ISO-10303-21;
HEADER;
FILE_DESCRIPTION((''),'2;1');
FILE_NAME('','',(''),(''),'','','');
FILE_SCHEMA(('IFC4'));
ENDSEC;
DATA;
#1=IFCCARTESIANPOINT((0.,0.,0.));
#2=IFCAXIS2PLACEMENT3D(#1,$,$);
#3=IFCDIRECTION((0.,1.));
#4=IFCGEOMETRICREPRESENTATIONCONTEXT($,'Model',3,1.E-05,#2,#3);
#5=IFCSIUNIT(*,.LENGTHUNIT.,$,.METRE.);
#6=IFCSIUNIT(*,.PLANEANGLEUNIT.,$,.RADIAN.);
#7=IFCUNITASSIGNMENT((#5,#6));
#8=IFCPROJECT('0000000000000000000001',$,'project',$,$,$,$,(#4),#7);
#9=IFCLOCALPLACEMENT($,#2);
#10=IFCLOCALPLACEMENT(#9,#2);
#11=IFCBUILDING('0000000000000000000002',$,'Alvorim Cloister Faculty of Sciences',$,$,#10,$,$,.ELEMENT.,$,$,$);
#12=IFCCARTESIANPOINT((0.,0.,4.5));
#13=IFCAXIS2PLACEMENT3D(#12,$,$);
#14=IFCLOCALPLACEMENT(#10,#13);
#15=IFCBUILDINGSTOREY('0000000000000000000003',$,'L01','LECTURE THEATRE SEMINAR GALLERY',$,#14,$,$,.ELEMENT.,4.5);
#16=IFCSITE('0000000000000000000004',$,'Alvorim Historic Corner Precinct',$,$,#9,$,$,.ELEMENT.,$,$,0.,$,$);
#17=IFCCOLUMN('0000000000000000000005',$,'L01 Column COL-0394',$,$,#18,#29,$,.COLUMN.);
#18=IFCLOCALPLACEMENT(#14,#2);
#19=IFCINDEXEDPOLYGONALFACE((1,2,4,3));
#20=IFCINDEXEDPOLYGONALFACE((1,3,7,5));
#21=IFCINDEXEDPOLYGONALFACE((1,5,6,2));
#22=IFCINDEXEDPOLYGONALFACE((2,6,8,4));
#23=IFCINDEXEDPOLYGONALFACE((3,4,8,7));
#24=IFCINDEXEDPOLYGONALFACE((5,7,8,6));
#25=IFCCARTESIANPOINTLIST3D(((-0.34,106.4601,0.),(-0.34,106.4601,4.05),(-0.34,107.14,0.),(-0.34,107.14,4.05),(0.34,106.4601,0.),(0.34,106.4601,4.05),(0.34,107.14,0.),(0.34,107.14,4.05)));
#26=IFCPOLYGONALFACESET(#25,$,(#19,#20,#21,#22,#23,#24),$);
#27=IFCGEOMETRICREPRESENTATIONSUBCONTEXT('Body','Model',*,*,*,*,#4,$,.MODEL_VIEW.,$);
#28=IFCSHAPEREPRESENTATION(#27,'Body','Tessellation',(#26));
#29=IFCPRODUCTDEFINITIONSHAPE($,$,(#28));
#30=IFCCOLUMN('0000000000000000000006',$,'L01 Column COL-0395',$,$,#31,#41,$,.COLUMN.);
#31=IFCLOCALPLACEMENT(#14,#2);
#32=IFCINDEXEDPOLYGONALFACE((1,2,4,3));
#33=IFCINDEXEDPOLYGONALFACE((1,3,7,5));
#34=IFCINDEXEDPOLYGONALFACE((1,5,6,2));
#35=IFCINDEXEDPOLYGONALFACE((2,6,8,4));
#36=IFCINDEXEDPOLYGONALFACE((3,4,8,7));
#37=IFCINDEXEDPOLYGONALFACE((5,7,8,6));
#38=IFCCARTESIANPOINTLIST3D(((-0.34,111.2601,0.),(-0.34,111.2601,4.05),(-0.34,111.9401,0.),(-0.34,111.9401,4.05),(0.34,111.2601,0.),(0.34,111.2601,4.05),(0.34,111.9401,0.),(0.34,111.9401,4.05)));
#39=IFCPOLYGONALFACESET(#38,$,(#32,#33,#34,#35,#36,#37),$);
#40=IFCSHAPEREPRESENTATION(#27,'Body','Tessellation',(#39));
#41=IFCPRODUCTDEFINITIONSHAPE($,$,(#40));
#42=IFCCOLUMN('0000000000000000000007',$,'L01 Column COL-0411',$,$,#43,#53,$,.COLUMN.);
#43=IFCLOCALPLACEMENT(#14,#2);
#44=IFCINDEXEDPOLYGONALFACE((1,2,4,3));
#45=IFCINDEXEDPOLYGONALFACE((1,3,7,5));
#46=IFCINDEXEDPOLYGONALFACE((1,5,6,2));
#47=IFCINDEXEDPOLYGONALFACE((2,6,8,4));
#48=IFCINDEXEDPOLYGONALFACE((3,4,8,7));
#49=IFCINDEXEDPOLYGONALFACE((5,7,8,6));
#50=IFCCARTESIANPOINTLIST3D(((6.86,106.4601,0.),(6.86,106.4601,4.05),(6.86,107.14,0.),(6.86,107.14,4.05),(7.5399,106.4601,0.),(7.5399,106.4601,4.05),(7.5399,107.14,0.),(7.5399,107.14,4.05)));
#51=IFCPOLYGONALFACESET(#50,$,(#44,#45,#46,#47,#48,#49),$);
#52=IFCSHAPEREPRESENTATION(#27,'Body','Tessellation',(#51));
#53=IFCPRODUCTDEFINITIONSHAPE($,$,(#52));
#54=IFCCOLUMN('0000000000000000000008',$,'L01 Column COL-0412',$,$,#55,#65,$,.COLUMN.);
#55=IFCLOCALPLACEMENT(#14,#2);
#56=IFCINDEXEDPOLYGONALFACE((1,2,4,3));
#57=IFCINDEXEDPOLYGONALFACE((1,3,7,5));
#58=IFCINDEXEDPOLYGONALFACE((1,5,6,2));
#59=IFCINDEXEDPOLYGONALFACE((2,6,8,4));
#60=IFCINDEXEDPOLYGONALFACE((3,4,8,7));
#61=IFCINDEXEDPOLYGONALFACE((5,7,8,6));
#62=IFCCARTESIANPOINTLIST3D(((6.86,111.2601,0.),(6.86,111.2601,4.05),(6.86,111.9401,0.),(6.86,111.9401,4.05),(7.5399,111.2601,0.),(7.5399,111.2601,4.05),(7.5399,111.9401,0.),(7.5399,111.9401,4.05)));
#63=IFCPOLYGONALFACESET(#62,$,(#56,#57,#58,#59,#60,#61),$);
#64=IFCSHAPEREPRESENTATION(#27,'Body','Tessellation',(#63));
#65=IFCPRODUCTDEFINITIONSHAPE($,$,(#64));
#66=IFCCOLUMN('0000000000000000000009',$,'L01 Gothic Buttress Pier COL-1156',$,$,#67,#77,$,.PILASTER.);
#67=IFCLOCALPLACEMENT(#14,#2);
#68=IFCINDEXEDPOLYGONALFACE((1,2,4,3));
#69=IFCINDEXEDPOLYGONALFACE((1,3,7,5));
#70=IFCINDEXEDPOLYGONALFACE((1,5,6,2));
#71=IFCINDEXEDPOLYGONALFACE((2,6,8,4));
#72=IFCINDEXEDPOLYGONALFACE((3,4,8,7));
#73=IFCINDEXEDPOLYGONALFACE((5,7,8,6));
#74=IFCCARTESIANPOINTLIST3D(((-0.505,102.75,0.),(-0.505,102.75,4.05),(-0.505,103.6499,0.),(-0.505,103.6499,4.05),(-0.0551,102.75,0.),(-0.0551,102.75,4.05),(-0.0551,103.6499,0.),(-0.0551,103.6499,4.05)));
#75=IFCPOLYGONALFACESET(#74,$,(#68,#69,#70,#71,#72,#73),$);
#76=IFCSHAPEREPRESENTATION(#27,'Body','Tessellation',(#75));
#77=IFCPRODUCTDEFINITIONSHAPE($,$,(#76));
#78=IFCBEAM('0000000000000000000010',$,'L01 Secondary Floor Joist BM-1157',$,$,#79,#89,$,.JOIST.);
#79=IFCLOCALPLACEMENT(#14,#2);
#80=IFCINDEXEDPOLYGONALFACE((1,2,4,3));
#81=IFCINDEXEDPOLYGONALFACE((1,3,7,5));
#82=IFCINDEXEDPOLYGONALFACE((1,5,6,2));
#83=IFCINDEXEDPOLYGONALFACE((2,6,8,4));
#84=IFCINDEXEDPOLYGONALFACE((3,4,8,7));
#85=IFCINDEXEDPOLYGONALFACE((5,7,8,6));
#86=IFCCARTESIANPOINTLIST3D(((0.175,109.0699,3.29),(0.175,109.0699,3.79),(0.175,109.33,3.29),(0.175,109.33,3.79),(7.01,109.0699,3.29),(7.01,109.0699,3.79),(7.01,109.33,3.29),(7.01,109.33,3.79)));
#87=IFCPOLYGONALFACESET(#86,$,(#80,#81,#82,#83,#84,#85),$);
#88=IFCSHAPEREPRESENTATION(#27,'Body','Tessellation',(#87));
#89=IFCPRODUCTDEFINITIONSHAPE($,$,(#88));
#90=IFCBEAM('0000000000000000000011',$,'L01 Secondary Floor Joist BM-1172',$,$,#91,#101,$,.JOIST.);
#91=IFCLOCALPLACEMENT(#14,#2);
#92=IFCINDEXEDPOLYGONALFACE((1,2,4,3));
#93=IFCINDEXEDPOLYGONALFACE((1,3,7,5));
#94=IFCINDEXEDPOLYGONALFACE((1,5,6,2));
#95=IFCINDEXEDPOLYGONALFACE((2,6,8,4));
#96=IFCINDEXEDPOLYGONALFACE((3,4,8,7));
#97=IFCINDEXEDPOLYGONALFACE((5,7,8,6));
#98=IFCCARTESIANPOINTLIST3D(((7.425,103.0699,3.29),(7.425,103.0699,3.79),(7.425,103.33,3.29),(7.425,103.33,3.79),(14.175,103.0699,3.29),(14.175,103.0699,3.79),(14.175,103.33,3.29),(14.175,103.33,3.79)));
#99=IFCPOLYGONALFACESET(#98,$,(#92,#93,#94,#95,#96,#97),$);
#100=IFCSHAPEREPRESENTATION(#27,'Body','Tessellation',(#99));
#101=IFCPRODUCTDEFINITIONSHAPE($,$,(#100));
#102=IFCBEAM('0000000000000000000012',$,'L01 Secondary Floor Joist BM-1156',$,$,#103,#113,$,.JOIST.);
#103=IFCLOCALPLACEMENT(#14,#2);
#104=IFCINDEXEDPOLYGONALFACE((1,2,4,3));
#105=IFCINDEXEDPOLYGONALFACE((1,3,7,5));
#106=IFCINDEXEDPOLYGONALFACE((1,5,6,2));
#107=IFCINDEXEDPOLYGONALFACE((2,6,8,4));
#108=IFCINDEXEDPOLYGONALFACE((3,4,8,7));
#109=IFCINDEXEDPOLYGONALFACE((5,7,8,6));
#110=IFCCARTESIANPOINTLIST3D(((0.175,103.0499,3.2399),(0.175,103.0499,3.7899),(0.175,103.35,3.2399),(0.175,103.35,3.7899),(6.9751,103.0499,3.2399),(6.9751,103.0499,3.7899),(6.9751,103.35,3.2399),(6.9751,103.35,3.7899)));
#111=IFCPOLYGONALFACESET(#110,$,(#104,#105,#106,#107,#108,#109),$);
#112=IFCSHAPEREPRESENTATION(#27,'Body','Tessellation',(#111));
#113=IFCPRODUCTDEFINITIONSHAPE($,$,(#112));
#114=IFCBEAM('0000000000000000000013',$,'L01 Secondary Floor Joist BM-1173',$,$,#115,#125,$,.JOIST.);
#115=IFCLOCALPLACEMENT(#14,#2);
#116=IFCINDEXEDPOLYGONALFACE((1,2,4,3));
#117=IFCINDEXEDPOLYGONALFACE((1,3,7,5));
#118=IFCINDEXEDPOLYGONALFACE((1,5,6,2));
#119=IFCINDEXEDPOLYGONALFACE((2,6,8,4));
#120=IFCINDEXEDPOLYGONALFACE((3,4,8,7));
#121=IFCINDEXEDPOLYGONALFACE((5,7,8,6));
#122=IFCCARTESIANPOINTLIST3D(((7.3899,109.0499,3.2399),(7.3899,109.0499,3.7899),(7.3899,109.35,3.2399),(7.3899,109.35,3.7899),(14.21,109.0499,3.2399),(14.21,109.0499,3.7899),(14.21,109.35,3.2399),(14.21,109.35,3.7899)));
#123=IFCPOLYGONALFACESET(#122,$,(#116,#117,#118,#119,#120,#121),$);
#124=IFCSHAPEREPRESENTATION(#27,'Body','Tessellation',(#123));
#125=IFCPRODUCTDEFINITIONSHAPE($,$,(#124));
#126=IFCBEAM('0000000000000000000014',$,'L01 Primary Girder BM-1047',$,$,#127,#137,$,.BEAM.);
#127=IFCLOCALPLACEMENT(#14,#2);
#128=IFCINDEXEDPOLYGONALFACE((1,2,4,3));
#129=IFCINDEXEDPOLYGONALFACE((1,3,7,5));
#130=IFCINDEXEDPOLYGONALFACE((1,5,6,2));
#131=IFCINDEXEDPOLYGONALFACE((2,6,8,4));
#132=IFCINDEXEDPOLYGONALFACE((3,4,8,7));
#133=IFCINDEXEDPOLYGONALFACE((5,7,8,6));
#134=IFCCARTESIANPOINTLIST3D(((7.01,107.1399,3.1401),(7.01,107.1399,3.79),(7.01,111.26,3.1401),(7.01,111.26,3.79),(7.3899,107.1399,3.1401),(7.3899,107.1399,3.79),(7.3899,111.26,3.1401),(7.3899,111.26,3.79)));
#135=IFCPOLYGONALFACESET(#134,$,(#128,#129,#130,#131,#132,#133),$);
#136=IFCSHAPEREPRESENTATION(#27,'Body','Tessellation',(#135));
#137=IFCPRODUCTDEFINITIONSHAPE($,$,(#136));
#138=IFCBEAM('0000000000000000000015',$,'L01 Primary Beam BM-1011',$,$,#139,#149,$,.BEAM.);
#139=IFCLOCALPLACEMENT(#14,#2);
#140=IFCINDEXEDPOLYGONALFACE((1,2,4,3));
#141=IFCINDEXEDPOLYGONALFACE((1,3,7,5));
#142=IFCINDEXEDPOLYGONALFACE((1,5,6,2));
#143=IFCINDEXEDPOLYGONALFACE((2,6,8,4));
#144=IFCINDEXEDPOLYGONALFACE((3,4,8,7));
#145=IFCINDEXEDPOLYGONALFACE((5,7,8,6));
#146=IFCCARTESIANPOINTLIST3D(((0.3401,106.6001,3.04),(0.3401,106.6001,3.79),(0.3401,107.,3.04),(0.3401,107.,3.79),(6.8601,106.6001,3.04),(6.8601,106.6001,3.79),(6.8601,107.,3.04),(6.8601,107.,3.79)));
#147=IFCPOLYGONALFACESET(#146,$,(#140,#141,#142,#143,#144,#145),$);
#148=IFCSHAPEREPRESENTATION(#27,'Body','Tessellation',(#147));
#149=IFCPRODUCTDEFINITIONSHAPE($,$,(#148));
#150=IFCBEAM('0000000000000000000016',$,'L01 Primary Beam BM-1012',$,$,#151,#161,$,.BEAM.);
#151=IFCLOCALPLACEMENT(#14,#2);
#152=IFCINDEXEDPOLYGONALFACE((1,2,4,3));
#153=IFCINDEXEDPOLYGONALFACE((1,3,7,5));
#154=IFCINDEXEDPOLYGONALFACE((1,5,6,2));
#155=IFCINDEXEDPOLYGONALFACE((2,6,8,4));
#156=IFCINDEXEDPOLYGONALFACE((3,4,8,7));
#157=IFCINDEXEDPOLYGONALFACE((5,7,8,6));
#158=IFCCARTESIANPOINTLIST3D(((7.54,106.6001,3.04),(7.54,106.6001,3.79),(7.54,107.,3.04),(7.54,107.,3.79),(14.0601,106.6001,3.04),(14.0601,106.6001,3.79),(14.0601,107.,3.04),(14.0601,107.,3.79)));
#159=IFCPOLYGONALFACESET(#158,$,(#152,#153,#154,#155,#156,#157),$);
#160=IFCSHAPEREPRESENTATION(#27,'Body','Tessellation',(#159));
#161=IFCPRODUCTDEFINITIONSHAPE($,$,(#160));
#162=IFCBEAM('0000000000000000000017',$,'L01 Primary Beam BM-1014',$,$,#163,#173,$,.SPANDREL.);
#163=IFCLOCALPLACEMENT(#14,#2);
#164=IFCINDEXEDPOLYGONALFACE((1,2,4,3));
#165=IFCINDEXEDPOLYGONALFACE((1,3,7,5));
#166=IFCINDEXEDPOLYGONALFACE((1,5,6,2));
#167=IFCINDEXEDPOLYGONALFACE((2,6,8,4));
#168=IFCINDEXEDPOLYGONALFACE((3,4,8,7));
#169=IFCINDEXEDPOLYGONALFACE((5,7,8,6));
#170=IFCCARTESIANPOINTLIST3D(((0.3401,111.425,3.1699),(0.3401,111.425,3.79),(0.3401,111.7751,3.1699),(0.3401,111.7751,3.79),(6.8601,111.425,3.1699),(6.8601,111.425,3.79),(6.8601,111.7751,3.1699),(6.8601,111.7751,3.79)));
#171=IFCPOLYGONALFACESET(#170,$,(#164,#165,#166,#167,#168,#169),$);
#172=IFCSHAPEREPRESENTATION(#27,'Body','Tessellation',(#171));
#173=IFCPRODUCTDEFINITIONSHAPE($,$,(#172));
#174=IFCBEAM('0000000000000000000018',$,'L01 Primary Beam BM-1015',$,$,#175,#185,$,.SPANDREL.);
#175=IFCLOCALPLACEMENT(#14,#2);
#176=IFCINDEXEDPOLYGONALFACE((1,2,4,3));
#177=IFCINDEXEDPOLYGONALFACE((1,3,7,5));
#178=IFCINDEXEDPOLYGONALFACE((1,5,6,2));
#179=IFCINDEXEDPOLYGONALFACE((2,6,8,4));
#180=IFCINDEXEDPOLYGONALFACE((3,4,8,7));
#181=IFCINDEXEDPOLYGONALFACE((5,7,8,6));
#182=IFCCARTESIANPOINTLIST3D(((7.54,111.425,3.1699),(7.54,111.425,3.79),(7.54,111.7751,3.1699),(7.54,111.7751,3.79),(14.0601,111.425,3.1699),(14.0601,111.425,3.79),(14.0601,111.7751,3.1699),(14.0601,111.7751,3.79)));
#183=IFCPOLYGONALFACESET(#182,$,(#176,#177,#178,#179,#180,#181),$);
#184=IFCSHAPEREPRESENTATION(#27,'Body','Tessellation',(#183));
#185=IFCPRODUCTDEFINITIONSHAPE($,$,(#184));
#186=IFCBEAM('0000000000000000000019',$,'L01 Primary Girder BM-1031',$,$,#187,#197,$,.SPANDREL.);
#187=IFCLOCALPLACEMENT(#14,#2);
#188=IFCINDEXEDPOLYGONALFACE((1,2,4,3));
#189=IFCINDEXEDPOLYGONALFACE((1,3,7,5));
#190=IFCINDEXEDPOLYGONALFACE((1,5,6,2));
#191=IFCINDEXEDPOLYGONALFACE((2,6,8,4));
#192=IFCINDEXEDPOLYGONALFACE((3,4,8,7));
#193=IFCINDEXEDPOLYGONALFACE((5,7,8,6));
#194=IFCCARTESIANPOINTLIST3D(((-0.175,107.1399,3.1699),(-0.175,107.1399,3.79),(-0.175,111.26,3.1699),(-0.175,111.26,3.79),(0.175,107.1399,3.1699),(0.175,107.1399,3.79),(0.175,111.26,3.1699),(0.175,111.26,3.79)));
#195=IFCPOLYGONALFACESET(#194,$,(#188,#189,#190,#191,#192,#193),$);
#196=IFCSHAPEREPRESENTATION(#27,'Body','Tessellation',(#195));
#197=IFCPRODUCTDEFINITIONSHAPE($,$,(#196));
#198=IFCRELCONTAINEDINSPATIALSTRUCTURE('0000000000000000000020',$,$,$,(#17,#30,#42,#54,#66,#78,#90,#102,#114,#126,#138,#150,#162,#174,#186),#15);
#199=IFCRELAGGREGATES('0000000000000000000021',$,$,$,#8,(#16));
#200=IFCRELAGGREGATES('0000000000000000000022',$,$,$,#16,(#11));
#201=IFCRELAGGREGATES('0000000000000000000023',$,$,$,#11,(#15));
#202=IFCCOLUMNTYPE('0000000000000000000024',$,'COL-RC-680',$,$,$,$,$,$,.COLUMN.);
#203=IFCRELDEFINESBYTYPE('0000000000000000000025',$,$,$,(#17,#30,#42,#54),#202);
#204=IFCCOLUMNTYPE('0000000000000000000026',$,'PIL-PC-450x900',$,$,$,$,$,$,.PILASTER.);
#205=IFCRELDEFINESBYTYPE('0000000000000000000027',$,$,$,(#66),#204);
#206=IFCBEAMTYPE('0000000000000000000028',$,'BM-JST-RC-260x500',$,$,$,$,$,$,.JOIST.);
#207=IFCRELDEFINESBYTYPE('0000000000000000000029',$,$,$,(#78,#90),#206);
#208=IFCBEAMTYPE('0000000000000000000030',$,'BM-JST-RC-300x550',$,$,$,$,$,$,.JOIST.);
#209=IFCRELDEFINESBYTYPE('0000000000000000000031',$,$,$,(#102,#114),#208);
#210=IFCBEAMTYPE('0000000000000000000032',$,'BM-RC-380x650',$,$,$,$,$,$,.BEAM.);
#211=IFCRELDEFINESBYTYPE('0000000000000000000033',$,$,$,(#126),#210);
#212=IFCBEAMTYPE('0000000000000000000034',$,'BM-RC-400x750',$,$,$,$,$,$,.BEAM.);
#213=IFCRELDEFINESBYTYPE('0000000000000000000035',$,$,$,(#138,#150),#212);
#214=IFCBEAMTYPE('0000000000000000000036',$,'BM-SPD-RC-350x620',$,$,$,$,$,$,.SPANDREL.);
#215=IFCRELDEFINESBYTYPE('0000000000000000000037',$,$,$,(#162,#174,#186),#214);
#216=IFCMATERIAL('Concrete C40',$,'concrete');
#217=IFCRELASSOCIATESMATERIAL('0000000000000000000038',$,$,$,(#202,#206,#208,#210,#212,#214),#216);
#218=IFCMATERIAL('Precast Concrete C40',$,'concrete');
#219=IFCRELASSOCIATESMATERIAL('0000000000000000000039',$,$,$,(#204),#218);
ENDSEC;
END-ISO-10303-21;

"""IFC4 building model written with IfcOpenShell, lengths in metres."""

from ifc_helpers import new_model, si_unit, direction, frame, origin, origin_2d, place, context, subcontext, project, spatial, rectangle, extrude, material, material_profile, profile_set, type_object, element, save


model = new_model("IFC4")

# Units and contexts
model_context = context("Model", 3, precision=1e-05, world=origin(), true_north=direction((0.0, 1.0)))
body_context = subcontext(model_context, "Body", "Model", "MODEL_VIEW")
ifc_project = project(units=[si_unit("LENGTHUNIT", "METRE"), si_unit("PLANEANGLEUNIT", "RADIAN")], contexts=[model_context])

# Site, building, storey
site_placement = place(None, origin())
site = spatial("IfcSite", under=ifc_project, at=site_placement, Name="Alvorim Historic Corner Precinct", CompositionType="ELEMENT", RefElevation=0.0)
building_placement = place(site_placement, origin())
building = spatial("IfcBuilding", under=site, at=building_placement, Name="Alvorim Cloister Faculty of Sciences", CompositionType="ELEMENT")
storey_placement = place(building_placement, frame((0.0, 0.0, 4.5)))
storey = spatial("IfcBuildingStorey", under=building, at=storey_placement, Name="L01", Description="LECTURE THEATRE SEMINAR GALLERY", CompositionType="ELEMENT", Elevation=4.5)

# Columns
ifc_material_1 = material(Name="Concrete C40", Category="concrete")
ifc_material_profile_1 = material_profile(ifc_material_1, rectangle(XDim=0.6799, YDim=0.6799, at=origin_2d()), Name="RC40-COL-680x680")
ifc_profile_set_1 = profile_set([ifc_material_profile_1], Name="Concrete C40")
column_type_1 = type_object("IfcColumnType", Name="COL-RC-680", PredefinedType="COLUMN", material=ifc_profile_set_1)
for number, where, z_axis, x_axis, name in (
    (1, (0.0, 106.8, 0.0), (0.0, 0.0, 1.0), (1.0, 0.0, 0.0), "L01 Column COL-0394"),
    (2, (0.0, 111.6001, 0.0), (0.0, 0.0, 1.0), (1.0, 0.0, 0.0), "L01 Column COL-0395"),
    (3, (7.2, 106.8, 0.0), (0.0, 0.0, 1.0), (1.0, 0.0, 0.0), "L01 Column COL-0411"),
    (4, (7.2, 111.6001, 0.0), (0.0, 0.0, 1.0), (1.0, 0.0, 0.0), "L01 Column COL-0412"),
):
    element("IfcColumn", number, at=place(storey_placement, frame(where, z_axis=z_axis, x_axis=x_axis)), inside=storey, type_object=column_type_1, Name=name, PredefinedType="COLUMN", context=body_context, shape_type="SweptSolid", body=[
        extrude(rectangle(XDim=0.6799, YDim=0.6799, at=origin_2d()), origin(), (0.0, 0.0, 1.0), 4.05),
    ])
ifc_material_2 = material(Name="Precast Concrete C40", Category="concrete")
ifc_material_profile_2 = material_profile(ifc_material_2, rectangle(XDim=0.45, YDim=0.8999, at=origin_2d()), Name="RC40-PIL-450x900")
ifc_profile_set_2 = profile_set([ifc_material_profile_2], Name="Precast Concrete C40")
column_type_2 = type_object("IfcColumnType", Name="PIL-PC-450x900", PredefinedType="PILASTER", material=ifc_profile_set_2)
column_placement = place(storey_placement, frame((-0.28, 103.2, 0.0), z_axis=(0.0, 0.0, 1.0), x_axis=(1.0, 0.0, 0.0)))
element("IfcColumn", 5, at=column_placement, inside=storey, type_object=column_type_2, Name="L01 Gothic Buttress Pier COL-1156", PredefinedType="PILASTER", context=body_context, shape_type="SweptSolid", body=[
    extrude(rectangle(XDim=0.45, YDim=0.8999, at=origin_2d()), origin(), (0.0, 0.0, 1.0), 4.05),
])

# Beams
ifc_material_profile_3 = material_profile(ifc_material_1, rectangle(XDim=0.26, YDim=0.5, at=origin_2d()), Name="RC40-JST-260x500")
ifc_profile_set_3 = profile_set([ifc_material_profile_3], Name="Concrete C40")
beam_type_1 = type_object("IfcBeamType", Name="BM-JST-RC-260x500", PredefinedType="JOIST", material=ifc_profile_set_3)
beam_1_placement = place(storey_placement, frame((0.175, 109.2, 3.54), z_axis=(1.0, 0.0, 0.0), x_axis=(0.0, 1.0, 0.0)))
element("IfcBeam", 6, at=beam_1_placement, inside=storey, type_object=beam_type_1, Name="L01 Secondary Floor Joist BM-1157", PredefinedType="JOIST", context=body_context, shape_type="SweptSolid", body=[
    extrude(rectangle(XDim=0.26, YDim=0.5, at=origin_2d()), origin(), (0.0, 0.0, 1.0), 6.835),
])
beam_2_placement = place(storey_placement, frame((7.425, 103.2, 3.54), z_axis=(1.0, 0.0, 0.0), x_axis=(0.0, 1.0, 0.0)))
element("IfcBeam", 7, at=beam_2_placement, inside=storey, type_object=beam_type_1, Name="L01 Secondary Floor Joist BM-1172", PredefinedType="JOIST", context=body_context, shape_type="SweptSolid", body=[
    extrude(rectangle(XDim=0.26, YDim=0.5, at=origin_2d()), origin(), (0.0, 0.0, 1.0), 6.75),
])
ifc_material_profile_4 = material_profile(ifc_material_1, rectangle(XDim=0.3, YDim=0.55, at=origin_2d()), Name="RC40-JST-300x550")
ifc_profile_set_4 = profile_set([ifc_material_profile_4], Name="Concrete C40")
beam_type_2 = type_object("IfcBeamType", Name="BM-JST-RC-300x550", PredefinedType="JOIST", material=ifc_profile_set_4)
beam_3_placement = place(storey_placement, frame((0.175, 103.2, 3.5149), z_axis=(1.0, 0.0, 0.0), x_axis=(0.0, 1.0, 0.0)))
element("IfcBeam", 8, at=beam_3_placement, inside=storey, type_object=beam_type_2, Name="L01 Secondary Floor Joist BM-1156", PredefinedType="JOIST", context=body_context, shape_type="SweptSolid", body=[
    extrude(rectangle(XDim=0.3, YDim=0.55, at=origin_2d()), origin(), (0.0, 0.0, 1.0), 6.8),
])
beam_4_placement = place(storey_placement, frame((7.3899, 109.2, 3.5149), z_axis=(1.0, 0.0, 0.0), x_axis=(0.0, 1.0, 0.0)))
element("IfcBeam", 9, at=beam_4_placement, inside=storey, type_object=beam_type_2, Name="L01 Secondary Floor Joist BM-1173", PredefinedType="JOIST", context=body_context, shape_type="SweptSolid", body=[
    extrude(rectangle(XDim=0.3, YDim=0.55, at=origin_2d()), origin(), (0.0, 0.0, 1.0), 6.8201),
])
ifc_material_profile_5 = material_profile(ifc_material_1, rectangle(XDim=0.3799, YDim=0.6499, at=origin_2d()), Name="RC40-BM-380x650")
ifc_profile_set_5 = profile_set([ifc_material_profile_5], Name="Concrete C40")
beam_type_3 = type_object("IfcBeamType", Name="BM-RC-380x650", PredefinedType="BEAM", material=ifc_profile_set_5)
beam_5_placement = place(storey_placement, frame((7.2, 107.1399, 3.4651), z_axis=(0.0, 1.0, 0.0), x_axis=(-1.0, 0.0, 0.0)))
element("IfcBeam", 10, at=beam_5_placement, inside=storey, type_object=beam_type_3, Name="L01 Primary Girder BM-1047", PredefinedType="BEAM", context=body_context, shape_type="SweptSolid", body=[
    extrude(rectangle(XDim=0.3799, YDim=0.6499, at=origin_2d()), origin(), (0.0, 0.0, 1.0), 4.1201),
])
ifc_material_profile_6 = material_profile(ifc_material_1, rectangle(XDim=0.3999, YDim=0.75, at=origin_2d()), Name="RC40-BM-400x750")
ifc_profile_set_6 = profile_set([ifc_material_profile_6], Name="Concrete C40")
beam_type_4 = type_object("IfcBeamType", Name="BM-RC-400x750", PredefinedType="BEAM", material=ifc_profile_set_6)
for number, where, z_axis, x_axis, name in (
    (11, (0.3401, 106.8, 3.415), (1.0, 0.0, 0.0), (0.0, 1.0, 0.0), "L01 Primary Beam BM-1011"),
    (12, (7.54, 106.8, 3.415), (1.0, 0.0, 0.0), (0.0, 1.0, 0.0), "L01 Primary Beam BM-1012"),
):
    element("IfcBeam", number, at=place(storey_placement, frame(where, z_axis=z_axis, x_axis=x_axis)), inside=storey, type_object=beam_type_4, Name=name, PredefinedType="BEAM", context=body_context, shape_type="SweptSolid", body=[
        extrude(rectangle(XDim=0.3999, YDim=0.75, at=origin_2d()), origin(), (0.0, 0.0, 1.0), 6.52),
    ])
ifc_material_profile_7 = material_profile(ifc_material_1, rectangle(XDim=0.3501, YDim=0.6201, at=origin_2d()), Name="RC40-SPD-350x620")
ifc_profile_set_7 = profile_set([ifc_material_profile_7], Name="Concrete C40")
beam_type_5 = type_object("IfcBeamType", Name="BM-SPD-RC-350x620", PredefinedType="SPANDREL", material=ifc_profile_set_7)
for number, where, z_axis, x_axis, name in (
    (13, (0.3401, 111.6001, 3.48), (1.0, 0.0, 0.0), (0.0, 1.0, 0.0), "L01 Primary Beam BM-1014"),
    (14, (7.54, 111.6001, 3.48), (1.0, 0.0, 0.0), (0.0, 1.0, 0.0), "L01 Primary Beam BM-1015"),
):
    element("IfcBeam", number, at=place(storey_placement, frame(where, z_axis=z_axis, x_axis=x_axis)), inside=storey, type_object=beam_type_5, Name=name, PredefinedType="SPANDREL", context=body_context, shape_type="SweptSolid", body=[
        extrude(rectangle(XDim=0.3501, YDim=0.6201, at=origin_2d()), origin(), (0.0, 0.0, 1.0), 6.52),
    ])
beam_6_placement = place(storey_placement, frame((0.0, 107.1399, 3.48), z_axis=(0.0, 1.0, 0.0), x_axis=(-1.0, 0.0, 0.0)))
element("IfcBeam", 15, at=beam_6_placement, inside=storey, type_object=beam_type_5, Name="L01 Primary Girder BM-1031", PredefinedType="SPANDREL", context=body_context, shape_type="SweptSolid", body=[
    extrude(rectangle(XDim=0.3501, YDim=0.6201, at=origin_2d()), origin(), (0.0, 0.0, 1.0), 4.1201),
])

save(model, "model.ifc")
